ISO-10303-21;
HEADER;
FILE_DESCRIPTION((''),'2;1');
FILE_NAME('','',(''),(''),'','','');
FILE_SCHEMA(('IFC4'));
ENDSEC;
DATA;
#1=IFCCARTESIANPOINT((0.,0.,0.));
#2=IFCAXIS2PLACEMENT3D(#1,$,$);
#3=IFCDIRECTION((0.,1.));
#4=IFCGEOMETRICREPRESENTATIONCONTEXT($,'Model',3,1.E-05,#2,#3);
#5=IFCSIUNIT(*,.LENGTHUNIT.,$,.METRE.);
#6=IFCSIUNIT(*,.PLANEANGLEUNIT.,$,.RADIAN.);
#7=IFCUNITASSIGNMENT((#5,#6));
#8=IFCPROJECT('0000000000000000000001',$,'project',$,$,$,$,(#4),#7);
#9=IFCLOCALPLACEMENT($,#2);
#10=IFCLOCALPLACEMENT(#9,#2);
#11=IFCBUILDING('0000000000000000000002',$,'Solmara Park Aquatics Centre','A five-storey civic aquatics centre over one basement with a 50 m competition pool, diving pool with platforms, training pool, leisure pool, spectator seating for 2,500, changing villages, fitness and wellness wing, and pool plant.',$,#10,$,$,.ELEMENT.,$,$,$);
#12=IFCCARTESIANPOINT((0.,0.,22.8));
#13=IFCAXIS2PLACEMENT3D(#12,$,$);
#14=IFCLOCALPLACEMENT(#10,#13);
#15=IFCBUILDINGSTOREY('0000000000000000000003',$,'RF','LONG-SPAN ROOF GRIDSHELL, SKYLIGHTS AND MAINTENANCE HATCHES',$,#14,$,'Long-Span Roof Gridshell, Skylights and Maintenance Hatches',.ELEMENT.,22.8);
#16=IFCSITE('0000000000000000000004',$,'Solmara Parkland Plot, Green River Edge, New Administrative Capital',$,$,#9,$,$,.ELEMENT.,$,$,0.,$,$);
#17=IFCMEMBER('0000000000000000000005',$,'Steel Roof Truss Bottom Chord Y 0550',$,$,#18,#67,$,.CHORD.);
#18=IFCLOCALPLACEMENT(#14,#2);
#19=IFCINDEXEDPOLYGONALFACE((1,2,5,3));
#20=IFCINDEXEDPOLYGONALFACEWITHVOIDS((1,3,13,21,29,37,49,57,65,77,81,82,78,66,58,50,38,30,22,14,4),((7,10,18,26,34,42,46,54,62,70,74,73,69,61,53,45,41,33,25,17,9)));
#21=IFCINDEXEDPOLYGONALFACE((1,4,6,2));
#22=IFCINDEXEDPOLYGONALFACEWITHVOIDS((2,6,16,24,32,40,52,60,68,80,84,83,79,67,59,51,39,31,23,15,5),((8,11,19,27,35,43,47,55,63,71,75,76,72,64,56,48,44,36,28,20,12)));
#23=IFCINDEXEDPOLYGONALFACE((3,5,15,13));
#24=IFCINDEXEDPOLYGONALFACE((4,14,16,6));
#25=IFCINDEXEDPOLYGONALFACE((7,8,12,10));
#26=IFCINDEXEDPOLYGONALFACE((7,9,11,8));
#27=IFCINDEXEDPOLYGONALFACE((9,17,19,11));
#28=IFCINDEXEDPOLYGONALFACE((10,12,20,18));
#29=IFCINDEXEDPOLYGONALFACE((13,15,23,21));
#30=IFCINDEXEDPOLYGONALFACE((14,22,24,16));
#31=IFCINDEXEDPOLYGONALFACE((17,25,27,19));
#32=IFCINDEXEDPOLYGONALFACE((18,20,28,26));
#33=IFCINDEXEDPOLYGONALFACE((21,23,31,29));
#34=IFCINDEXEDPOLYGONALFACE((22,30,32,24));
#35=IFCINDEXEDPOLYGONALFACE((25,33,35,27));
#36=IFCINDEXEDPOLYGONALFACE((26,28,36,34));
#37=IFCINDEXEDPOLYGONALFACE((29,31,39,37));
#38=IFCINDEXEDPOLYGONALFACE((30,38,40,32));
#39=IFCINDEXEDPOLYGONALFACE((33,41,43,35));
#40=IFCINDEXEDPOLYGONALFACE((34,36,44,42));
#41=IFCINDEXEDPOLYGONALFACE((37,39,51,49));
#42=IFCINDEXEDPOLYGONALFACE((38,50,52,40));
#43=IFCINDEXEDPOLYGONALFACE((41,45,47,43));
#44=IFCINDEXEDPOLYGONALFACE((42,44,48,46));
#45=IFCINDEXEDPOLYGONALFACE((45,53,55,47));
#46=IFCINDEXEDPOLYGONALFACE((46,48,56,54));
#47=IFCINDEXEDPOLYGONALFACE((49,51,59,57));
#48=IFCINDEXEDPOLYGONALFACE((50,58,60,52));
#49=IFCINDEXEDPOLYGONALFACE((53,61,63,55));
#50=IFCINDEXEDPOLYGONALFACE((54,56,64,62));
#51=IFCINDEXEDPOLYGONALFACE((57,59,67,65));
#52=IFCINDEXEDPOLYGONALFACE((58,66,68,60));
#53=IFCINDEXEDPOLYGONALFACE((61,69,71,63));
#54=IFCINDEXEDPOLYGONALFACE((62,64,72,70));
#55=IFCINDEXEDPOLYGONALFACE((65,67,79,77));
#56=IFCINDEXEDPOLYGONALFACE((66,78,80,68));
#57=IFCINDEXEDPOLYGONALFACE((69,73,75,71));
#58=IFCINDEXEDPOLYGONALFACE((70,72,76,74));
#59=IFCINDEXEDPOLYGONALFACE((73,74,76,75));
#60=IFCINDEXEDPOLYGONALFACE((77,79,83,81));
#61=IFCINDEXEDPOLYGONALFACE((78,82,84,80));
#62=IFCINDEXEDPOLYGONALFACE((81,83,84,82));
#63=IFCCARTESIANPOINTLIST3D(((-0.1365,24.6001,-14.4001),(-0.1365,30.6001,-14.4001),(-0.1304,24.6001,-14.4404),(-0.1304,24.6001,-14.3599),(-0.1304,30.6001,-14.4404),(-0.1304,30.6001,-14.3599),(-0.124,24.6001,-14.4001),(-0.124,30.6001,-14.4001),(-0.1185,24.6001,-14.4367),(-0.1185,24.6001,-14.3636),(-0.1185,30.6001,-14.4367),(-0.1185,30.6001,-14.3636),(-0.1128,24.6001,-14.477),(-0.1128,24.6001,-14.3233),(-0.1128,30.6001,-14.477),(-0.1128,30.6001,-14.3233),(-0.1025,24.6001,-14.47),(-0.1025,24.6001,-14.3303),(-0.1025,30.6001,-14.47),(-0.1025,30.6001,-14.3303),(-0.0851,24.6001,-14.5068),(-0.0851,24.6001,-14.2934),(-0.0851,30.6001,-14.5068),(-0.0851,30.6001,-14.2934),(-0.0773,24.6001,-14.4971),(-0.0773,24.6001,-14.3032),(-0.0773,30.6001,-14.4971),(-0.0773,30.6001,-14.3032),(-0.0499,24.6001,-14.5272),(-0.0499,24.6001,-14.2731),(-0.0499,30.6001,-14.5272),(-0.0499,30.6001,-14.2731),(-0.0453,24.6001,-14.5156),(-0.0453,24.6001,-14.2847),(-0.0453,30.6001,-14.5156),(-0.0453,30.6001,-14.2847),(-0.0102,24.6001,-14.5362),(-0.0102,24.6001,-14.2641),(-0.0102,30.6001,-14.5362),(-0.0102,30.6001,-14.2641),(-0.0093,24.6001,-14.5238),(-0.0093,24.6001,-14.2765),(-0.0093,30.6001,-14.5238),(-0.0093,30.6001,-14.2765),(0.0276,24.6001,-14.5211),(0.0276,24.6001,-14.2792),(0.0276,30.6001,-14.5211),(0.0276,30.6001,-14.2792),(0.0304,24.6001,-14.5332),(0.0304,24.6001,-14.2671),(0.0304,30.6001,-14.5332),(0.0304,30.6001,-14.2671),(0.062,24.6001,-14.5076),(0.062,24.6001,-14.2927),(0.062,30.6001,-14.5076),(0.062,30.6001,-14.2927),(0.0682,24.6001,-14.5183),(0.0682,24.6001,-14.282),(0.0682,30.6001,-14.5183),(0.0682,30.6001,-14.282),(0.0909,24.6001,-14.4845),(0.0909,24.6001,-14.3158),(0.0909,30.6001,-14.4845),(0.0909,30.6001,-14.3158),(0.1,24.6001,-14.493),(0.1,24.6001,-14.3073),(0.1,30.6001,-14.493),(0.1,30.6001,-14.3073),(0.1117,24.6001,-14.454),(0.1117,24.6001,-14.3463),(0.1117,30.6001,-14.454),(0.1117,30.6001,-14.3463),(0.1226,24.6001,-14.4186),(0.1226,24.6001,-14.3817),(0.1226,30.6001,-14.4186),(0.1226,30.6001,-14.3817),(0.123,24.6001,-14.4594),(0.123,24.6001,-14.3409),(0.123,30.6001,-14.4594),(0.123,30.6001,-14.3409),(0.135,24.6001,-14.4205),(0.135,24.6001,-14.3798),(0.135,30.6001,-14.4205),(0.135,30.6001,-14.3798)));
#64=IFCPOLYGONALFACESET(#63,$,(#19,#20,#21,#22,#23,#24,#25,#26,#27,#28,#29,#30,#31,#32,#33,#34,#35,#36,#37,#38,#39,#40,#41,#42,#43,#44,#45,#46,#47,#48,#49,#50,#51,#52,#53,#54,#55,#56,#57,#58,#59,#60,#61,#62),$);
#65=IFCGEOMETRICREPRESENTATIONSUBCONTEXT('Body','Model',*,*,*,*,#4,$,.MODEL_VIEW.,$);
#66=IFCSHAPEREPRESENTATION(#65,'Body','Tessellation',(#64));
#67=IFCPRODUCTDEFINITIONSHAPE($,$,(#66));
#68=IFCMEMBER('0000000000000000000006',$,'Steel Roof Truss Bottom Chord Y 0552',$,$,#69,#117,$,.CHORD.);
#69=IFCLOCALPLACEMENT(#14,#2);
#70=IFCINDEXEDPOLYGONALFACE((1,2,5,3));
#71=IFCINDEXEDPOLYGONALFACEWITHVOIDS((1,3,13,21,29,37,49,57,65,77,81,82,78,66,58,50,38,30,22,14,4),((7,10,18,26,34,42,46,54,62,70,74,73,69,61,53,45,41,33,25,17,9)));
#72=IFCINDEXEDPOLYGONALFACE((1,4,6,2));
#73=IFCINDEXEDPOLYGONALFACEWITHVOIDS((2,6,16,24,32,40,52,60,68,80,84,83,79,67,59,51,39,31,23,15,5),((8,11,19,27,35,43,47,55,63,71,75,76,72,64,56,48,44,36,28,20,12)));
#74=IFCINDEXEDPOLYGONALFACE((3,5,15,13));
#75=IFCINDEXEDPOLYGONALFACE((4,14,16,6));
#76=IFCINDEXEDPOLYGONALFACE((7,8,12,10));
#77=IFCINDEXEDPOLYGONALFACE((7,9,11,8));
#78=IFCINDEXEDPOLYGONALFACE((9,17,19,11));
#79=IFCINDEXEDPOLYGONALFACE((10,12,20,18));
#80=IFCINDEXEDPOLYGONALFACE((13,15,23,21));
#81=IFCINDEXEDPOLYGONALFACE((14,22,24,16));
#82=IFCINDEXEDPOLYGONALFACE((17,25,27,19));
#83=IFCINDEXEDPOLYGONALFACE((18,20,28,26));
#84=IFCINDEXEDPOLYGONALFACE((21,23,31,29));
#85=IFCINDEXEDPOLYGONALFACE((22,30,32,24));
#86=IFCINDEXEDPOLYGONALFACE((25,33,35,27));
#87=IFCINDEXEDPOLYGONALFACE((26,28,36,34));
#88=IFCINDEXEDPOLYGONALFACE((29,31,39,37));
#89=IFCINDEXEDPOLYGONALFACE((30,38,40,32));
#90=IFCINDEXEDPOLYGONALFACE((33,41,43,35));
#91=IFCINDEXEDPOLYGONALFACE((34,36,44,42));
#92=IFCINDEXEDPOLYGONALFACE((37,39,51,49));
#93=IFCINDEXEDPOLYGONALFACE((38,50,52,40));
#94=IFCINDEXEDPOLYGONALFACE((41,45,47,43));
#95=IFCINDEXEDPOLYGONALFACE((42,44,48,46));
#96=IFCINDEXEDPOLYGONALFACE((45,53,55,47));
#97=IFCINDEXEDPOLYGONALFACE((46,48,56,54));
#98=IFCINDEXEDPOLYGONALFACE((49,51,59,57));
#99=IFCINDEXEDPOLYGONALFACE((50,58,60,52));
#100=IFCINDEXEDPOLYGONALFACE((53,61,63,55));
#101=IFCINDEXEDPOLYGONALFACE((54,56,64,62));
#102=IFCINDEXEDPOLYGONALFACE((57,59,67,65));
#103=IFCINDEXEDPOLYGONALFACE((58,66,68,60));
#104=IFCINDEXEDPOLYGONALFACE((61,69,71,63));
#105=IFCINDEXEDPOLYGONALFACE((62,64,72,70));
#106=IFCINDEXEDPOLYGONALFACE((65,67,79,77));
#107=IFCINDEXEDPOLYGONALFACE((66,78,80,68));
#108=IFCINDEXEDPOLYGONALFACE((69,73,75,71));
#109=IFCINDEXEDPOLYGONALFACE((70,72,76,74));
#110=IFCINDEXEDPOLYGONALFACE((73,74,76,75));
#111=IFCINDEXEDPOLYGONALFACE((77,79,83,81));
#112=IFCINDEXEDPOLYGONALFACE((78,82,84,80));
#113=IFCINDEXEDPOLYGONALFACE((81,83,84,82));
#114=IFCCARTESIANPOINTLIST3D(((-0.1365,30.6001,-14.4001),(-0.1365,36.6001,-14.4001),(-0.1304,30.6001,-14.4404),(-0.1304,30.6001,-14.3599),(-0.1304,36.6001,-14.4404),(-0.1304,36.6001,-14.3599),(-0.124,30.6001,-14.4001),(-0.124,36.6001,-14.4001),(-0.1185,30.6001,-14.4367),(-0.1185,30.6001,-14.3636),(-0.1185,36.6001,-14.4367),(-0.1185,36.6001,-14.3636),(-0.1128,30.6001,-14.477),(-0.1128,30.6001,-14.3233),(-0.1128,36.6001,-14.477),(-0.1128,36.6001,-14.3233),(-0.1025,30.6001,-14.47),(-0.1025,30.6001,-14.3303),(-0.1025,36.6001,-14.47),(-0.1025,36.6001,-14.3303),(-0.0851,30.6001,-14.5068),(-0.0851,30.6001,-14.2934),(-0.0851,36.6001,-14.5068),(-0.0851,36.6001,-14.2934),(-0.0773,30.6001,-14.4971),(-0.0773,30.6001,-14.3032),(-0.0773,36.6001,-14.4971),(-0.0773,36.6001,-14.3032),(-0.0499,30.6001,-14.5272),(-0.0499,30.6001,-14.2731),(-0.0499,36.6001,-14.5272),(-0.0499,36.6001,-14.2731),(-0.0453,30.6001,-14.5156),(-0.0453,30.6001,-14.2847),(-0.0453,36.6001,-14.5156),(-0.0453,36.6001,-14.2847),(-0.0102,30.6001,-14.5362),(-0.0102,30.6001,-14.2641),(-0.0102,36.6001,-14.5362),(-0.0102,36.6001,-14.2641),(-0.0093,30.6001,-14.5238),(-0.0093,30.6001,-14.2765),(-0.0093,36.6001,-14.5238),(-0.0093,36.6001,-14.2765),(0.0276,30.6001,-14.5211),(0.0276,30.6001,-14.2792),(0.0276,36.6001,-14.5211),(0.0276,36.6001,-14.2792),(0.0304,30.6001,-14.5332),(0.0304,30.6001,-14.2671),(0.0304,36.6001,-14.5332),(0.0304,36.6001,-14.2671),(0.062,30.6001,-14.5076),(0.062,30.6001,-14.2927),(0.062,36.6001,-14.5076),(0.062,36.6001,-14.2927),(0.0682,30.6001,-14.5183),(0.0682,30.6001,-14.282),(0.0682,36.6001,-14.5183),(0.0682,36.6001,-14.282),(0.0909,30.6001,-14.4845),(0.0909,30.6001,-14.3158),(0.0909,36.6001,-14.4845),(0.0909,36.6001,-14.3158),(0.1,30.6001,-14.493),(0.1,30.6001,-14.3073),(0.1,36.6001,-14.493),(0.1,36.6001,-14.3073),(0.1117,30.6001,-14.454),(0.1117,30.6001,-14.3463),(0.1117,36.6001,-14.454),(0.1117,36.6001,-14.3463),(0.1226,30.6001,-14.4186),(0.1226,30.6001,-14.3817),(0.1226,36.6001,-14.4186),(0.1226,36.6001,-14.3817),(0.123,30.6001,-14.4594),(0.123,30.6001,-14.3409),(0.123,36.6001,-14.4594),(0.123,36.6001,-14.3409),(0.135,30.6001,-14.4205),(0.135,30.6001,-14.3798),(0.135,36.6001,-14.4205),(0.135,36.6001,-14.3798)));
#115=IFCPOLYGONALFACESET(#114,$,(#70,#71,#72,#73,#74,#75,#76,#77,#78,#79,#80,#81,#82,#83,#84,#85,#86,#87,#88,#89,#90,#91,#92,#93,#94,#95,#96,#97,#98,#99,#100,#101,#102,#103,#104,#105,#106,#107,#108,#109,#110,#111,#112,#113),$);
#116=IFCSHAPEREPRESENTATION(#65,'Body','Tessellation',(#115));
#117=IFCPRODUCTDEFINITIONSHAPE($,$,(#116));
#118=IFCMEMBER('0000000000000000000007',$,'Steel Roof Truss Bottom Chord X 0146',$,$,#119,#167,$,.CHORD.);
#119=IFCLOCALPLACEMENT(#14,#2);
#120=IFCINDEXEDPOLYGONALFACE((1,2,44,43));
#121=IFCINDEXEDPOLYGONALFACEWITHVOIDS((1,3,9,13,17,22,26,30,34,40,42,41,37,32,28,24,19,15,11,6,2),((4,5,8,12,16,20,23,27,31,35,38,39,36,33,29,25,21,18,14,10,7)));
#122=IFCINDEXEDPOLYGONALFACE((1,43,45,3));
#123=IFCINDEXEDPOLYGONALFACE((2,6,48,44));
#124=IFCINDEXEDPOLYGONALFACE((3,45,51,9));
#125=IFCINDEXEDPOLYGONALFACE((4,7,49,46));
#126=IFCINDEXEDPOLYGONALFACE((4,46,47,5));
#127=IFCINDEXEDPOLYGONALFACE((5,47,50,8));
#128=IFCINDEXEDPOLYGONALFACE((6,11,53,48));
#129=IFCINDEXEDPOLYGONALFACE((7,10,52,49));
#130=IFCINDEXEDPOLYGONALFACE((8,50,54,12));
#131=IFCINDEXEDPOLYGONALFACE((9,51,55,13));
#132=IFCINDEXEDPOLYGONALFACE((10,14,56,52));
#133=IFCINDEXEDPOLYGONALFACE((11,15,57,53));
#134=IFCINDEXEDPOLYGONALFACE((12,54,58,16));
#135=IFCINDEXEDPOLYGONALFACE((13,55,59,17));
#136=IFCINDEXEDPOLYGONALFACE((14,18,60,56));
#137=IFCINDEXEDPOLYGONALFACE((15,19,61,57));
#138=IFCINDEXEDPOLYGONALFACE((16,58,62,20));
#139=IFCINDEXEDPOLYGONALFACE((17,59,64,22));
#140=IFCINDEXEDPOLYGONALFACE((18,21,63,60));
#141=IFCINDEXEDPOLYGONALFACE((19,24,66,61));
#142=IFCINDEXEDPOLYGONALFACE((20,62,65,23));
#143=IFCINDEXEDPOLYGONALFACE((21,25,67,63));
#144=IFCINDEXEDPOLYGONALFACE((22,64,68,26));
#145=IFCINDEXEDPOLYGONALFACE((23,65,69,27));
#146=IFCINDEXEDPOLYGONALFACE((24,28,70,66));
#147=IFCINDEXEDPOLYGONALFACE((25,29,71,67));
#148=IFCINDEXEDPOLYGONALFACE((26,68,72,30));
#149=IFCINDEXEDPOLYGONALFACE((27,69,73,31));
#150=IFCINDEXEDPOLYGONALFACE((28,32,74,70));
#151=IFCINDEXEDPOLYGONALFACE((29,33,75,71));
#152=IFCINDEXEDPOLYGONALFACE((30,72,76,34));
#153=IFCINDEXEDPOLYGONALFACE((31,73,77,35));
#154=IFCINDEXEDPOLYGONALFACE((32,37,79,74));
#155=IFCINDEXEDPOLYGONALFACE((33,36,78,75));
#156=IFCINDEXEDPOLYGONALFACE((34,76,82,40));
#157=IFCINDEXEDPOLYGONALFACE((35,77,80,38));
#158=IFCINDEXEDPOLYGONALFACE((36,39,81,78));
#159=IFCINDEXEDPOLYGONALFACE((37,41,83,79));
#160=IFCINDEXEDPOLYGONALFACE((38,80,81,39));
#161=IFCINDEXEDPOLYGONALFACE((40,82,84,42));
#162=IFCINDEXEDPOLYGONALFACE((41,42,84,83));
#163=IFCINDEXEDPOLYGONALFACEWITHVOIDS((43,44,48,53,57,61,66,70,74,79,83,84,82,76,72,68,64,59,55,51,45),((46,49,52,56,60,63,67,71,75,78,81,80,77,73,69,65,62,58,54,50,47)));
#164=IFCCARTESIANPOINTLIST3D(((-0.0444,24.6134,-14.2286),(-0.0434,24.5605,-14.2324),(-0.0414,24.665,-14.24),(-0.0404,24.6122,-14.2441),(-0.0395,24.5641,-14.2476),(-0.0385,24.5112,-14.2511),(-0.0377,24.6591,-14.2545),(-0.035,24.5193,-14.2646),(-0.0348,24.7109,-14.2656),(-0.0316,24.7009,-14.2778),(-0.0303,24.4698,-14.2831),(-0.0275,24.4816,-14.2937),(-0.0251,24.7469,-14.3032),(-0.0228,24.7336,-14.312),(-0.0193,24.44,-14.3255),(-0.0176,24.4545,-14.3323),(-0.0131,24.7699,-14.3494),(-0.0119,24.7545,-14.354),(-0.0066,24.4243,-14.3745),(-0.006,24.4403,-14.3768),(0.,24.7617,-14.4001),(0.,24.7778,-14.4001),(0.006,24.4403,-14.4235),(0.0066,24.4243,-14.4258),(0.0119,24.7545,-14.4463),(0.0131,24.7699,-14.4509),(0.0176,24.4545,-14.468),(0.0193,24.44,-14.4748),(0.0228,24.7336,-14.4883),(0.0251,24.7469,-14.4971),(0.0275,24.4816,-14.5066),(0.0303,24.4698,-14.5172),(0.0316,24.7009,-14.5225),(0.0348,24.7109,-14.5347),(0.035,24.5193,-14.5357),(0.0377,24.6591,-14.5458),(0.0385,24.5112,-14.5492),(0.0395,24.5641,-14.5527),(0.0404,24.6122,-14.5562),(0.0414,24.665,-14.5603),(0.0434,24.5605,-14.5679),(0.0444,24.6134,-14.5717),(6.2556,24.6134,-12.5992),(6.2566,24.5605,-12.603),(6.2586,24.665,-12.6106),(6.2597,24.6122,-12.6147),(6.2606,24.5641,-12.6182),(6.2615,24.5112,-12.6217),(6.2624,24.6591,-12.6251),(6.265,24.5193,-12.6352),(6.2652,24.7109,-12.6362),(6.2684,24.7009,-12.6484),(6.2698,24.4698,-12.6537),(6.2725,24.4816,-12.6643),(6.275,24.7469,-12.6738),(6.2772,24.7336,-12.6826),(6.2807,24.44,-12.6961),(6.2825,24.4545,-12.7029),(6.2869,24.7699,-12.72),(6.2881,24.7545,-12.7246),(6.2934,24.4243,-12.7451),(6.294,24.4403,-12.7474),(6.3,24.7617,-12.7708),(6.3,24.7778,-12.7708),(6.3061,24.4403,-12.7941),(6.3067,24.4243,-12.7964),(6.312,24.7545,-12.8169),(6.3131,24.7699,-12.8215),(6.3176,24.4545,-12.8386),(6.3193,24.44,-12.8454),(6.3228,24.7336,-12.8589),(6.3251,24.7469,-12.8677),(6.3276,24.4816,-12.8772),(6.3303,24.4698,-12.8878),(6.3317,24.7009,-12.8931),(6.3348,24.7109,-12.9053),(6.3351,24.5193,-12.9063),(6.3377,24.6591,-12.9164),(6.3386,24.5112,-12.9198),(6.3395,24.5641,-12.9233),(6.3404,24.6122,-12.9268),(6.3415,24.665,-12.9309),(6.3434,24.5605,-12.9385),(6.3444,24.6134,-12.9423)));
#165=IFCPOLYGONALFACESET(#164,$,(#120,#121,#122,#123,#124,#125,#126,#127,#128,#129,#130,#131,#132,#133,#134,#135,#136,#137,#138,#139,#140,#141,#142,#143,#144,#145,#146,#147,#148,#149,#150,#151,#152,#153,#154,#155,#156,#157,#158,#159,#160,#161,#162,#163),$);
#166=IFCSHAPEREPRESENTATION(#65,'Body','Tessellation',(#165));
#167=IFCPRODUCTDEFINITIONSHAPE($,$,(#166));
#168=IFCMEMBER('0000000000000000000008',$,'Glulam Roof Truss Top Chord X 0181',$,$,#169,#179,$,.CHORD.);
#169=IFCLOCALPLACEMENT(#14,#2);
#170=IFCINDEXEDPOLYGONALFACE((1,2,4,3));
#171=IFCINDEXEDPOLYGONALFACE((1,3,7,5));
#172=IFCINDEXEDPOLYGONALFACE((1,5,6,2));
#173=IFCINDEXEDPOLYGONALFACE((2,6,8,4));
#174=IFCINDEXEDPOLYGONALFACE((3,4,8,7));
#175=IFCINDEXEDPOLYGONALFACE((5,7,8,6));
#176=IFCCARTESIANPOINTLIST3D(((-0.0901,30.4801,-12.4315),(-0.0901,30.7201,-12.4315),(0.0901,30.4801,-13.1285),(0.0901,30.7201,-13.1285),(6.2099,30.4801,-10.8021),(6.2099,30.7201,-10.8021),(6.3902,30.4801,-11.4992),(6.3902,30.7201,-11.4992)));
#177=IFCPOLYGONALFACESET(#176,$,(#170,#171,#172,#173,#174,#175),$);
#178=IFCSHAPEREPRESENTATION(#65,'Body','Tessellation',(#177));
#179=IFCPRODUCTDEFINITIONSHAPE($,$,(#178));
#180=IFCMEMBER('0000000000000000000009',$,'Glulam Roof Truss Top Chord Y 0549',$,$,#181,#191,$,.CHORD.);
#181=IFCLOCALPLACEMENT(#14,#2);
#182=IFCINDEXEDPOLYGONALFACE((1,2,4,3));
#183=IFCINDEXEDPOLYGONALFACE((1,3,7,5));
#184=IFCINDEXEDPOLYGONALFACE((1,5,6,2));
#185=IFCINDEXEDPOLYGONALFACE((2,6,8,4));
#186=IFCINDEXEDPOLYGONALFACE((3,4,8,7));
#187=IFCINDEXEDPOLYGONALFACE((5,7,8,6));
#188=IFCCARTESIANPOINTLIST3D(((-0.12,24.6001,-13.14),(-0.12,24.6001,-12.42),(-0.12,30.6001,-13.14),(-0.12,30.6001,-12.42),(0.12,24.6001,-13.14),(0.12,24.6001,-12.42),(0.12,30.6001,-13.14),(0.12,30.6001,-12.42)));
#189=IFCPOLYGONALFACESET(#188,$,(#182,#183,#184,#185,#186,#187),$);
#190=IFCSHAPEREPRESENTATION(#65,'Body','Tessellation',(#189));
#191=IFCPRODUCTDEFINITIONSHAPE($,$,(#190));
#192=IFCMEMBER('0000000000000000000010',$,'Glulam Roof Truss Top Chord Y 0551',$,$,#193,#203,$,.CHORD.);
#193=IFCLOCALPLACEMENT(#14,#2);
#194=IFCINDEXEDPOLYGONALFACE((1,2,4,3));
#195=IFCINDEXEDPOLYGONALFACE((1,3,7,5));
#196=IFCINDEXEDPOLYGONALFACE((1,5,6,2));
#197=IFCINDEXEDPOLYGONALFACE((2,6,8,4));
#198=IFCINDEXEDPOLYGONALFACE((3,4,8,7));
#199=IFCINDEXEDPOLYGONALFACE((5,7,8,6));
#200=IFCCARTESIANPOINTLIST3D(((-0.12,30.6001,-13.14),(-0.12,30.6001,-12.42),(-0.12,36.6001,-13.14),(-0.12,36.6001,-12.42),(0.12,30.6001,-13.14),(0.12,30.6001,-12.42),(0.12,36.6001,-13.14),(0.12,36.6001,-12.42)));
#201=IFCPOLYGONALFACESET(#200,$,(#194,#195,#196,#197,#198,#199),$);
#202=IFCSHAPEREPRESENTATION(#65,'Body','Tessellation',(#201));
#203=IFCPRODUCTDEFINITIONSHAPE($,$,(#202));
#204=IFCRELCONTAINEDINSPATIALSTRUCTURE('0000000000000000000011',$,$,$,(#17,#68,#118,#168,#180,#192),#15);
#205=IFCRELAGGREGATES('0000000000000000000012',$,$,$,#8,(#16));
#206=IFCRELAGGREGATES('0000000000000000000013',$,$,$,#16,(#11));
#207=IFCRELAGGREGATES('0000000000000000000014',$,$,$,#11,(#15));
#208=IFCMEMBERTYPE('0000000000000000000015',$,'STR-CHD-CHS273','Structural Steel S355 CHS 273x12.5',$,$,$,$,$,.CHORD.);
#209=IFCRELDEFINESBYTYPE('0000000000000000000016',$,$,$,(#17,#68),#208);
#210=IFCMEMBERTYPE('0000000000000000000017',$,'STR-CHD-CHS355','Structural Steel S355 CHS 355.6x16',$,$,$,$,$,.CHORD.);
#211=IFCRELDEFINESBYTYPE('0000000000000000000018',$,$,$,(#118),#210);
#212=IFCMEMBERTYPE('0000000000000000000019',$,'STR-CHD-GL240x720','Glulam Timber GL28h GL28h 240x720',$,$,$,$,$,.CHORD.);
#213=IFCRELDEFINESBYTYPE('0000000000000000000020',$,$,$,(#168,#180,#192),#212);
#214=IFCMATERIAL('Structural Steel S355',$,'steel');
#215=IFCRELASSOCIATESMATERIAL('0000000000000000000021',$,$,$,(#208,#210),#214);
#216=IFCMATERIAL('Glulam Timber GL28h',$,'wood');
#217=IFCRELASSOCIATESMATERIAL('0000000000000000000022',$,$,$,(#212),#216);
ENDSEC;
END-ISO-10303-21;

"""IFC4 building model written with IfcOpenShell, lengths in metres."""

from ifc_helpers import new_model, si_unit, direction, frame, origin, origin_2d, place, context, subcontext, project, spatial, rectangle, hollow_circle, extrude, material, material_profile, profile_set, type_object, element, save


model = new_model("IFC4")

# Units and contexts
model_context = context("Model", 3, precision=1e-05, world=origin(), true_north=direction((0.0, 1.0)))
body_context = subcontext(model_context, "Body", "Model", "MODEL_VIEW")
ifc_project = project(units=[si_unit("LENGTHUNIT", "METRE"), si_unit("PLANEANGLEUNIT", "RADIAN")], contexts=[model_context])

# Site, building, storey
site_placement = place(None, origin())
site = spatial("IfcSite", under=ifc_project, at=site_placement, Name="Solmara Parkland Plot, Green River Edge, New Administrative Capital", CompositionType="ELEMENT", RefElevation=0.0)
building_placement = place(site_placement, origin())
building = spatial("IfcBuilding", under=site, at=building_placement, Name="Solmara Park Aquatics Centre", Description="A five-storey civic aquatics centre over one basement with a 50 m competition pool, diving pool with platforms, training pool, leisure pool, spectator seating for 2,500, changing villages, fitness and wellness wing, and pool plant.", CompositionType="ELEMENT")
storey_placement = place(building_placement, frame((0.0, 0.0, 22.8)))
storey = spatial("IfcBuildingStorey", under=building, at=storey_placement, Name="RF", Description="LONG-SPAN ROOF GRIDSHELL, SKYLIGHTS AND MAINTENANCE HATCHES", LongName="Long-Span Roof Gridshell, Skylights and Maintenance Hatches", CompositionType="ELEMENT", Elevation=22.8)

# Members
ifc_material_1 = material(Name="Structural Steel S355", Category="steel")
ifc_material_profile_1 = material_profile(ifc_material_1, hollow_circle(Radius=0.1365, WallThickness=0.0125, at=origin_2d()), Name="CHS 273x12.5")
ifc_profile_set_1 = profile_set([ifc_material_profile_1], Name="Structural Steel S355")
member_type_1 = type_object("IfcMemberType", Name="STR-CHD-CHS273", Description="Structural Steel S355 CHS 273x12.5", PredefinedType="CHORD", material=ifc_profile_set_1)
for number, where, z_axis, x_axis, name in (
    (1, (0.0, 24.6001, -14.4001), (0.0, 1.0, 0.0), (-1.0, 0.0, 0.0), "Steel Roof Truss Bottom Chord Y 0550"),
    (2, (0.0, 30.6001, -14.4001), (0.0, 1.0, 0.0), (-1.0, 0.0, 0.0), "Steel Roof Truss Bottom Chord Y 0552"),
):
    element("IfcMember", number, at=place(storey_placement, frame(where, z_axis=z_axis, x_axis=x_axis)), inside=storey, type_object=member_type_1, Name=name, PredefinedType="CHORD", context=body_context, shape_type="SweptSolid", body=[
        extrude(hollow_circle(Radius=0.1365, WallThickness=0.0125, at=origin_2d()), origin(), (0.0, 0.0, 1.0), 6.0),
    ])
ifc_material_profile_2 = material_profile(ifc_material_1, hollow_circle(Radius=0.1777, WallThickness=0.0161, at=origin_2d()), Name="CHS 355.6x16")
ifc_profile_set_2 = profile_set([ifc_material_profile_2], Name="Structural Steel S355")
member_type_2 = type_object("IfcMemberType", Name="STR-CHD-CHS355", Description="Structural Steel S355 CHS 355.6x16", PredefinedType="CHORD", material=ifc_profile_set_2)
member_1_placement = place(storey_placement, frame((0.0, 24.6001, -14.4001), z_axis=(0.968144, 0.0, 0.250393), x_axis=(0.0, 1.0, 0.0)))
element("IfcMember", 3, at=member_1_placement, inside=storey, type_object=member_type_2, Name="Steel Roof Truss Bottom Chord X 0146", PredefinedType="CHORD", context=body_context, shape_type="SweptSolid", body=[
    extrude(hollow_circle(Radius=0.1777, WallThickness=0.0161, at=origin_2d()), origin(), (0.0, 0.0, 1.0), 6.5073),
])
ifc_material_2 = material(Name="Glulam Timber GL28h", Category="wood")
ifc_material_profile_3 = material_profile(ifc_material_2, rectangle(XDim=0.24, YDim=0.72, at=origin_2d()), Name="GL28h 240x720")
ifc_profile_set_3 = profile_set([ifc_material_profile_3], Name="Glulam Timber GL28h")
member_type_3 = type_object("IfcMemberType", Name="STR-CHD-GL240x720", Description="Glulam Timber GL28h GL28h 240x720", PredefinedType="CHORD", material=ifc_profile_set_3)
member_2_placement = place(storey_placement, frame((0.0, 30.6001, -12.78), z_axis=(0.968144, 0.0, 0.250393), x_axis=(0.0, 1.0, 0.0)))
element("IfcMember", 4, at=member_2_placement, inside=storey, type_object=member_type_3, Name="Glulam Roof Truss Top Chord X 0181", PredefinedType="CHORD", context=body_context, shape_type="SweptSolid", body=[
    extrude(rectangle(XDim=0.24, YDim=0.72, at=origin_2d()), origin(), (0.0, 0.0, 1.0), 6.5073),
])
for number, where, z_axis, x_axis, name in (
    (5, (0.0, 24.6001, -12.78), (0.0, 1.0, 0.0), (-1.0, 0.0, 0.0), "Glulam Roof Truss Top Chord Y 0549"),
    (6, (0.0, 30.6001, -12.78), (0.0, 1.0, 0.0), (-1.0, 0.0, 0.0), "Glulam Roof Truss Top Chord Y 0551"),
):
    element("IfcMember", number, at=place(storey_placement, frame(where, z_axis=z_axis, x_axis=x_axis)), inside=storey, type_object=member_type_3, Name=name, PredefinedType="CHORD", context=body_context, shape_type="SweptSolid", body=[
        extrude(rectangle(XDim=0.24, YDim=0.72, at=origin_2d()), origin(), (0.0, 0.0, 1.0), 6.0),
    ])

save(model, "model.ifc")
